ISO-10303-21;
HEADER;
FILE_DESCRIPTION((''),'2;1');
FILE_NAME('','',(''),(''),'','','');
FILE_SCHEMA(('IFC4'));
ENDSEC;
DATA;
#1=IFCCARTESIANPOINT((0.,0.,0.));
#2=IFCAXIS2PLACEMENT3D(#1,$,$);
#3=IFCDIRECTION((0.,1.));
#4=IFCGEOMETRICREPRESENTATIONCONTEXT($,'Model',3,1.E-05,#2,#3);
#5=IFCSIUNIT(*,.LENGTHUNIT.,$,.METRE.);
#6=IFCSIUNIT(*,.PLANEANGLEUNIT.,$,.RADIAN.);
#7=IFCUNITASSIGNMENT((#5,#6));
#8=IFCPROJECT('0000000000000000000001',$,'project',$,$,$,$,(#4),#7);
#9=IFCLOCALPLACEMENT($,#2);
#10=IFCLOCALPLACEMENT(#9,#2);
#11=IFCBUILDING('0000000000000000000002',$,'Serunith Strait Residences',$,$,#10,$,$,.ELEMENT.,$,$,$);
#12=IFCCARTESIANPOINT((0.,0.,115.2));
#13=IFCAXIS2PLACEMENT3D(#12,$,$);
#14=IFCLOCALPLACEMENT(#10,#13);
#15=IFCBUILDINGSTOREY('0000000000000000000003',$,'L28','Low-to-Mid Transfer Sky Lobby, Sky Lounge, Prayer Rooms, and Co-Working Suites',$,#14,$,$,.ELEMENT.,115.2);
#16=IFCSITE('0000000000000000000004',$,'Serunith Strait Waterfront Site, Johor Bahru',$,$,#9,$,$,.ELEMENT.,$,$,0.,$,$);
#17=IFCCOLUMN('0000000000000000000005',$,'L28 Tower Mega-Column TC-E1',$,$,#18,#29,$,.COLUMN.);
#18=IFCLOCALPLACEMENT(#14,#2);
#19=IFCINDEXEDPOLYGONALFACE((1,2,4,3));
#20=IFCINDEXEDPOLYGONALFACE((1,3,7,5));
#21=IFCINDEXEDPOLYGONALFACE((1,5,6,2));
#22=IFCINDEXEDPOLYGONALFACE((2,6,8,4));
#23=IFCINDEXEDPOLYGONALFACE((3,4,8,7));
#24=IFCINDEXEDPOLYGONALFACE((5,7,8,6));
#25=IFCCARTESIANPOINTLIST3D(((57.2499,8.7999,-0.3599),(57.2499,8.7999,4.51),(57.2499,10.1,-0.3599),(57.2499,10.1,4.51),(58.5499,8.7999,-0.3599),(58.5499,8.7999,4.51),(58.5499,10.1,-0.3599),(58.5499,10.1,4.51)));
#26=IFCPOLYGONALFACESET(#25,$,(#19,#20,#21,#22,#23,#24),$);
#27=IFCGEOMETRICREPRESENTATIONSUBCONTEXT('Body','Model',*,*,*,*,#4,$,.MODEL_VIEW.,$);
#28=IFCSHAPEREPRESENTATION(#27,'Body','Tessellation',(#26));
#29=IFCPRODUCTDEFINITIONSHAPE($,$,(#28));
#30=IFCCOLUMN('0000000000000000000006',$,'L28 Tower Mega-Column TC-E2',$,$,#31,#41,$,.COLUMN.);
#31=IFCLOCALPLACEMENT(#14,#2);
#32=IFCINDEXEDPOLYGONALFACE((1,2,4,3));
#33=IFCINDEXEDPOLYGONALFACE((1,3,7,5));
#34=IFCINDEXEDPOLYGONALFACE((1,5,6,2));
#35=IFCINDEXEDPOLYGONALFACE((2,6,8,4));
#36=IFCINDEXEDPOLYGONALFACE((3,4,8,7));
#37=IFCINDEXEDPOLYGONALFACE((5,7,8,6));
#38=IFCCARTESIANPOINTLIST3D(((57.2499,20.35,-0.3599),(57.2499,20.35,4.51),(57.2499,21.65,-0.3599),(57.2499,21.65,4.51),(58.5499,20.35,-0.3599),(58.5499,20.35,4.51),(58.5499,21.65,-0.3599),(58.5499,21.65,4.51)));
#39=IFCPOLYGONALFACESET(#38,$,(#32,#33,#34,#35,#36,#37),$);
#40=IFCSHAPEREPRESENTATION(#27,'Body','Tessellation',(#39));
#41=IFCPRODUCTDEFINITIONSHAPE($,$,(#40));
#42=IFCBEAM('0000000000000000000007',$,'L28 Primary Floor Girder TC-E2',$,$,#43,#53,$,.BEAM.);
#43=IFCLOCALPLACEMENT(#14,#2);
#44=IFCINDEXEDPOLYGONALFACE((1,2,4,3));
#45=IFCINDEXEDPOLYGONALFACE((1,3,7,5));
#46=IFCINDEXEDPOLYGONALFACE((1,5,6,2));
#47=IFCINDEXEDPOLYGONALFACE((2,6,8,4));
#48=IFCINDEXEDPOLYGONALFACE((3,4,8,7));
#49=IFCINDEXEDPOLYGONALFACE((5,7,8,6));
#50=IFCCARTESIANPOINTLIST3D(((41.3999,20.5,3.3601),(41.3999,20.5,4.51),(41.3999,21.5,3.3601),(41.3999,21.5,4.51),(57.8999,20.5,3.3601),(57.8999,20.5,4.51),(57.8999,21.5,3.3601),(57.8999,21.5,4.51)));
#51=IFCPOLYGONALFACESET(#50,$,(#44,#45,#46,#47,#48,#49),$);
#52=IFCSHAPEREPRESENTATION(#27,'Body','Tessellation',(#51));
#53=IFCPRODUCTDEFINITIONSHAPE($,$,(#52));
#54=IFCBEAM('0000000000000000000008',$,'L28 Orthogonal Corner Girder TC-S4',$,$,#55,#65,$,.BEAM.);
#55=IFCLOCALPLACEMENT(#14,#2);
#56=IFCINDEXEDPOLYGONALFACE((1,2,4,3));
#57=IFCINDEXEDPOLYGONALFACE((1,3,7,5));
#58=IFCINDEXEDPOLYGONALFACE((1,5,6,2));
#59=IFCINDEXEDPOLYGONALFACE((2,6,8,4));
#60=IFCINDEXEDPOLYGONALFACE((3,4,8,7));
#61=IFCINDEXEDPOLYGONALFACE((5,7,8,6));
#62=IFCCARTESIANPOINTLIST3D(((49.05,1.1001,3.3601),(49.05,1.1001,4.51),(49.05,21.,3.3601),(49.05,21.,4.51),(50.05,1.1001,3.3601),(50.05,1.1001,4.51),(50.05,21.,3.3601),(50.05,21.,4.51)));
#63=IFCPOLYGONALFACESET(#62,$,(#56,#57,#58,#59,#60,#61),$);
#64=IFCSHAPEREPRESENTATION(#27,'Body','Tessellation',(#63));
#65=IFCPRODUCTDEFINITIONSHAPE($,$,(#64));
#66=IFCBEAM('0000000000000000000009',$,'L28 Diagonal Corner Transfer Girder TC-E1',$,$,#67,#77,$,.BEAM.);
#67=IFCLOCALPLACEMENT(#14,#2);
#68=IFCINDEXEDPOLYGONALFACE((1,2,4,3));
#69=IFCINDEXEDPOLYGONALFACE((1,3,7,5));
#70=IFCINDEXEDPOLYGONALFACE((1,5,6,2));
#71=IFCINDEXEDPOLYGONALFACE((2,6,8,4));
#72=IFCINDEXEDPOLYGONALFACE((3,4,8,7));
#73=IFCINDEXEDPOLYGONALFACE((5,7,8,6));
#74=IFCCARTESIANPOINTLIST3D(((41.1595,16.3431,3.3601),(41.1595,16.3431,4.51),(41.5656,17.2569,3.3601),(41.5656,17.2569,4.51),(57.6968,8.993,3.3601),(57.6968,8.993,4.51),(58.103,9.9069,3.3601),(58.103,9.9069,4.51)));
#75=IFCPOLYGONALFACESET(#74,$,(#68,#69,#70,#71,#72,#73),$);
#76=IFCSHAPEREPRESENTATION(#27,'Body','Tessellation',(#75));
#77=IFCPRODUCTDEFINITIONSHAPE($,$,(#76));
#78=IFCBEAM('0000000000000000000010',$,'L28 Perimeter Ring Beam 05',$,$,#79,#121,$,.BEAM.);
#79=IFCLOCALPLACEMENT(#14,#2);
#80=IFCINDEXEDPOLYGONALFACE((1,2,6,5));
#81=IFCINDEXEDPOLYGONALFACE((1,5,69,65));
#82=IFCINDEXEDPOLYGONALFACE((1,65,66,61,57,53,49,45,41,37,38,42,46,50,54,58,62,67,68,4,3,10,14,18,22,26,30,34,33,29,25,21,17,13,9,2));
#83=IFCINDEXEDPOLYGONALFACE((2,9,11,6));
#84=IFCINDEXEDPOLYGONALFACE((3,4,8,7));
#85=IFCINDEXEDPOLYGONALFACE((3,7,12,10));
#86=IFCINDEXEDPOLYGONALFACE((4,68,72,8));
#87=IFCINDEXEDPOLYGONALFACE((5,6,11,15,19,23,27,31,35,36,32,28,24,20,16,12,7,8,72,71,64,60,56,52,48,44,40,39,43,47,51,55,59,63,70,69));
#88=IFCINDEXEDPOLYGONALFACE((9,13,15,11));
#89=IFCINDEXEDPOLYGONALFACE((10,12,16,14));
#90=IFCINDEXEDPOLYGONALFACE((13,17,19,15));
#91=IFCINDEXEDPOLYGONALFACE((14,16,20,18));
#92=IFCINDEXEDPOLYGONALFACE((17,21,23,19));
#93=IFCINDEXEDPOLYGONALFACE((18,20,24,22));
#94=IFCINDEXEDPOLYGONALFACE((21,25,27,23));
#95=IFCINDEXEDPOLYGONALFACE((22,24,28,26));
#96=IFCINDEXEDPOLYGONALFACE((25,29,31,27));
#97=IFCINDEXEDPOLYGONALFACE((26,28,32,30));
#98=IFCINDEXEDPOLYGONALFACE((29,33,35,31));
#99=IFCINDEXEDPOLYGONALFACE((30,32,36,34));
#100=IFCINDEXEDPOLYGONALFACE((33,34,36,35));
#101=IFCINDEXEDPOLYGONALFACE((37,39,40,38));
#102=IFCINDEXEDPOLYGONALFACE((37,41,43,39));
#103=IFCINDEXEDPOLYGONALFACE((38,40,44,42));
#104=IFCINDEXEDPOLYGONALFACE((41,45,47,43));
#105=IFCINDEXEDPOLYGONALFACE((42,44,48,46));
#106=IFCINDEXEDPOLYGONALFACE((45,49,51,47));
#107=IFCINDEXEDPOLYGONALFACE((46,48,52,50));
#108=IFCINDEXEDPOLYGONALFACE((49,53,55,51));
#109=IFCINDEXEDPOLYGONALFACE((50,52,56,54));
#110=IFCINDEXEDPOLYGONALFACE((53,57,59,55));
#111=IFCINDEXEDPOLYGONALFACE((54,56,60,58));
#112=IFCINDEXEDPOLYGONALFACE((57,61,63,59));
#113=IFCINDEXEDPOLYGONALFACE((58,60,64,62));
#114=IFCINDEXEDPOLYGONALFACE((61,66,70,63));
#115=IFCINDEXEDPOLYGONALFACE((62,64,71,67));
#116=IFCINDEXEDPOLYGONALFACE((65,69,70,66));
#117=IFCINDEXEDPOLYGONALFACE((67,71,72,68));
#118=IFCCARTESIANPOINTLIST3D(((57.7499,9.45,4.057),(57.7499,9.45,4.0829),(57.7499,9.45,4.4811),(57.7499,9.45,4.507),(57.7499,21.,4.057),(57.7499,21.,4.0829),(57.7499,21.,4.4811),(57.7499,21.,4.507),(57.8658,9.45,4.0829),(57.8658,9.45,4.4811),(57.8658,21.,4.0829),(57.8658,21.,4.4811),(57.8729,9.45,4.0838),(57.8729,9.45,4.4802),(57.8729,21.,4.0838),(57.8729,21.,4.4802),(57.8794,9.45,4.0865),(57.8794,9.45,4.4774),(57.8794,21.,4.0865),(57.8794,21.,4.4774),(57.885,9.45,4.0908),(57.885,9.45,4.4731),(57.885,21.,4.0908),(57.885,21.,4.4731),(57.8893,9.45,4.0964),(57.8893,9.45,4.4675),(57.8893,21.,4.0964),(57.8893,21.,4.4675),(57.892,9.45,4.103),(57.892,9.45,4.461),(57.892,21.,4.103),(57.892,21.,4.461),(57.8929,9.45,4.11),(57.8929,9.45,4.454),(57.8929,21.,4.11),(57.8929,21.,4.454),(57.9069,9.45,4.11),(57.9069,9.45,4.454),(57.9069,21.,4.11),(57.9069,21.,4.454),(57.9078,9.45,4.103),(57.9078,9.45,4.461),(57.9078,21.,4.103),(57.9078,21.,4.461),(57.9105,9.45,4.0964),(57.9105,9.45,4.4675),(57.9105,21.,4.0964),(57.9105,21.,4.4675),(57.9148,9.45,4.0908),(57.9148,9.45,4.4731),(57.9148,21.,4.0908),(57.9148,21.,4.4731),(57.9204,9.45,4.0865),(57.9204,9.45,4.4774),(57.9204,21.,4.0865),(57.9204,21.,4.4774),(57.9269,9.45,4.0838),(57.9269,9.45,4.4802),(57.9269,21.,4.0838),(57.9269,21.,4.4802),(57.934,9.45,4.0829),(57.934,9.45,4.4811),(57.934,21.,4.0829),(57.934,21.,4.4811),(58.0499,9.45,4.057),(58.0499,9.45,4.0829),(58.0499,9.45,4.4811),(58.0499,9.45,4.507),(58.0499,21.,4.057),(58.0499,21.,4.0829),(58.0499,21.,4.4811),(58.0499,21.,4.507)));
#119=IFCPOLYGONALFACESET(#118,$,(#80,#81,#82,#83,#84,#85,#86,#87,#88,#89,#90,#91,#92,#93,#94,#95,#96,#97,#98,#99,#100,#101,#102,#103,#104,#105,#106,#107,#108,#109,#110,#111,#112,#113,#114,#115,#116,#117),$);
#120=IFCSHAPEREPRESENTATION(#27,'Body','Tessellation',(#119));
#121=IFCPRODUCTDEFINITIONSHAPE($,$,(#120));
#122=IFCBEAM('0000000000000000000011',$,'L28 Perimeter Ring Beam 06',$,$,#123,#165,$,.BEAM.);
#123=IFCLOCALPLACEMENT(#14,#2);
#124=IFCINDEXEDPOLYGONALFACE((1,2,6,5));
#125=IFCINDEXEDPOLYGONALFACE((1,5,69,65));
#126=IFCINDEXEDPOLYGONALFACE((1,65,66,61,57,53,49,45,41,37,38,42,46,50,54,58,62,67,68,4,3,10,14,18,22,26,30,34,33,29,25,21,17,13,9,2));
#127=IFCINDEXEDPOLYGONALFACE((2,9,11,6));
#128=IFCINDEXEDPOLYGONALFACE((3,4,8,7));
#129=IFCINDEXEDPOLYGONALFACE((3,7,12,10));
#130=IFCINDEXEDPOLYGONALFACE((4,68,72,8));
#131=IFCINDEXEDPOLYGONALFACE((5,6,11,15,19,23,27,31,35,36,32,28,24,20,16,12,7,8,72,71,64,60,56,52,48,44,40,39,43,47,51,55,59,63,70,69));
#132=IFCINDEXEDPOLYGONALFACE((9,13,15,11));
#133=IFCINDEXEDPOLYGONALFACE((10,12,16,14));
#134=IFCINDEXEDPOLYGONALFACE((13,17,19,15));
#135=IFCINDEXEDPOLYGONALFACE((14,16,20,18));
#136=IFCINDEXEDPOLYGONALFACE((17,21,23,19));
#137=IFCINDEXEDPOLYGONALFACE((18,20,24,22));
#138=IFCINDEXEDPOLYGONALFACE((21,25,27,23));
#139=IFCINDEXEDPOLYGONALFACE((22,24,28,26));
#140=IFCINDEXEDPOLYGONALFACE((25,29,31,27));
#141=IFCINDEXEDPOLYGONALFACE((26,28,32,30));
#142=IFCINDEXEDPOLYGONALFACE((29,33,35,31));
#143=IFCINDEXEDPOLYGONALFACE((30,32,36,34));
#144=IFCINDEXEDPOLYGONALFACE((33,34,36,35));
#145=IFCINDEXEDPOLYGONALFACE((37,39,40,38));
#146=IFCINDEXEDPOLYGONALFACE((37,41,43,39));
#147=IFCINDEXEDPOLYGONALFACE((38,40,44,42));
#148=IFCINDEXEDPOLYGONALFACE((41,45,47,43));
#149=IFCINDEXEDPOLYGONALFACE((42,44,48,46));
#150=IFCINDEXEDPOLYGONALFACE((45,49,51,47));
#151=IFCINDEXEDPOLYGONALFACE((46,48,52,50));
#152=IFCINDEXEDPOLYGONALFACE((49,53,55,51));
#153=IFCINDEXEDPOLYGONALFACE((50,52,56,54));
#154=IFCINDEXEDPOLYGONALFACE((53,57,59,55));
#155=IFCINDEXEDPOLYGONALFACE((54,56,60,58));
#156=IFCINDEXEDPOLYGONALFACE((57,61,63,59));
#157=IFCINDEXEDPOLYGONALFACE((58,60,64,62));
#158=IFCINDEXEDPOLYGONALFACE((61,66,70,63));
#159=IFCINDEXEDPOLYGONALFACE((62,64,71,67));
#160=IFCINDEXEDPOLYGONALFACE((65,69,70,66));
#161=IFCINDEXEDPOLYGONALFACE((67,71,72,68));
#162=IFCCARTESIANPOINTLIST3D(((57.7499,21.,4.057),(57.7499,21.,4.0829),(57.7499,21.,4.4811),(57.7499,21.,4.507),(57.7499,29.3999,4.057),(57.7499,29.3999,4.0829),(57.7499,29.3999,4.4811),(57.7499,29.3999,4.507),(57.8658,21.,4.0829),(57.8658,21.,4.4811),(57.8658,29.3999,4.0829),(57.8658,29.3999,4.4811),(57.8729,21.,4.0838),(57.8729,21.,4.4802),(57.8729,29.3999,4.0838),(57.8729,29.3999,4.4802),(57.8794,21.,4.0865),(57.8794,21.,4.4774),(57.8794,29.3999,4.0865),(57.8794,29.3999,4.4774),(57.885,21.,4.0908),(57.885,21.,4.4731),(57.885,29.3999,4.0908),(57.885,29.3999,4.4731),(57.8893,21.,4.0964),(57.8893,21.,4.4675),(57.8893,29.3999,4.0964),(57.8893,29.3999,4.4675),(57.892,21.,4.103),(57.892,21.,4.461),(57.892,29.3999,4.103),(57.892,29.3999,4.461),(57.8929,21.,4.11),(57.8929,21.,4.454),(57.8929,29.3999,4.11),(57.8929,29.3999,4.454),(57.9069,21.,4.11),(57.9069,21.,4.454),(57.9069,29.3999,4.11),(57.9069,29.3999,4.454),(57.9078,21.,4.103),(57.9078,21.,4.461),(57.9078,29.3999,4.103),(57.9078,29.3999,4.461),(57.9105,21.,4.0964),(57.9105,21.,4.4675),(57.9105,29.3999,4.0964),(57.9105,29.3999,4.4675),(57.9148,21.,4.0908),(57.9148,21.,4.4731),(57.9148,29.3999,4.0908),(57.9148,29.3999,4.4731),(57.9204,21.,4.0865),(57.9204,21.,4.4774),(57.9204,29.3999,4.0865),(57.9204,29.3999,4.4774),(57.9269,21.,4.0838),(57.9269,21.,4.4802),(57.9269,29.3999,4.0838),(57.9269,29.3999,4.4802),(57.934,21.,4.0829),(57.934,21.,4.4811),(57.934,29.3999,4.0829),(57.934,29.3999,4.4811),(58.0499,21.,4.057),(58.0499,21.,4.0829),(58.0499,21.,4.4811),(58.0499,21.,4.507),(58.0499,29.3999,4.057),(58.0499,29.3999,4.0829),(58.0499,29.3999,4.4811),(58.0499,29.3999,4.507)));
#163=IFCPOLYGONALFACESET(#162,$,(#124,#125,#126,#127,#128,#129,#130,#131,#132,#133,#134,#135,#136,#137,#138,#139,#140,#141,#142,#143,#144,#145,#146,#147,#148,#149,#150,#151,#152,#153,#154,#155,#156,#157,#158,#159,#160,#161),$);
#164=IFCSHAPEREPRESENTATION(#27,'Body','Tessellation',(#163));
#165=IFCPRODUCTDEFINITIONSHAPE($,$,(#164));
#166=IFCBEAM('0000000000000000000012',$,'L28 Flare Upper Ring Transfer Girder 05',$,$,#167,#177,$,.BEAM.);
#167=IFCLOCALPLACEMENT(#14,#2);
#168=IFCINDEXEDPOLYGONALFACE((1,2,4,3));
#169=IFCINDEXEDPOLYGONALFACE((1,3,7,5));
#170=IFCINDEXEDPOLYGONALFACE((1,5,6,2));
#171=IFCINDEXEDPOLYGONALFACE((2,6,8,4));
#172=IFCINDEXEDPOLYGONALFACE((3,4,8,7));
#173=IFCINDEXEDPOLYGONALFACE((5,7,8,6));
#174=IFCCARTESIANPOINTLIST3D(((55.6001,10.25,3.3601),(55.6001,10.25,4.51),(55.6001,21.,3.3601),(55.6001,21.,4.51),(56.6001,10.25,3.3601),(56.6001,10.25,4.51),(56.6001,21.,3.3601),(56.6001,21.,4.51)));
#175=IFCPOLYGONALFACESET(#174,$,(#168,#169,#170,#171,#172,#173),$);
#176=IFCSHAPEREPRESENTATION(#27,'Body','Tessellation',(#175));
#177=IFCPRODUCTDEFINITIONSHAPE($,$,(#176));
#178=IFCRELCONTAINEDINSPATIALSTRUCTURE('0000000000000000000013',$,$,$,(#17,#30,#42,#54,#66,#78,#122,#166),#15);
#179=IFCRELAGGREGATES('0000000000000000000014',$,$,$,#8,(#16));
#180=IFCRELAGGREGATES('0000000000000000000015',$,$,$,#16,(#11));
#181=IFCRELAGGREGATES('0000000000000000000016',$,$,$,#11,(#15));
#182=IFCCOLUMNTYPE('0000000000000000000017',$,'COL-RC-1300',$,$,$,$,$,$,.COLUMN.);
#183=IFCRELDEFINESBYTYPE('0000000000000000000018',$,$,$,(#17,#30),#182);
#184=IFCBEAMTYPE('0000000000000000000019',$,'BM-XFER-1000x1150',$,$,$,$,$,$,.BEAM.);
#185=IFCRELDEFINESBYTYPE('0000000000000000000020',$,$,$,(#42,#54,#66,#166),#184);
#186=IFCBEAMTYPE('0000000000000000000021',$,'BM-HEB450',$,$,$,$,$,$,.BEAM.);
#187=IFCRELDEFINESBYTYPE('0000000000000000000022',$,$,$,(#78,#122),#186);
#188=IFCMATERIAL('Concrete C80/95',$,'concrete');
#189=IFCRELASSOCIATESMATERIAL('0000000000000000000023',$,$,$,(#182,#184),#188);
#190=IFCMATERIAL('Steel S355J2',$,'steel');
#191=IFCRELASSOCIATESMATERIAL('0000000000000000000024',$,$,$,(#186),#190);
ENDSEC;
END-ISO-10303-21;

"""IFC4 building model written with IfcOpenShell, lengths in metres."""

from ifc_helpers import new_model, si_unit, direction, frame, origin, origin_2d, place, context, subcontext, project, spatial, rectangle, i_section, extrude, source, transform, mapped, material, material_profile, profile_set, type_object, element, save


model = new_model("IFC4")

# Units and contexts
model_context = context("Model", 3, precision=1e-05, world=origin(), true_north=direction((0.0, 1.0)))
body_context = subcontext(model_context, "Body", "Model", "MODEL_VIEW")
ifc_project = project(units=[si_unit("LENGTHUNIT", "METRE"), si_unit("PLANEANGLEUNIT", "RADIAN")], contexts=[model_context])

# Site, building, storey
site_placement = place(None, origin())
site = spatial("IfcSite", under=ifc_project, at=site_placement, Name="Serunith Strait Waterfront Site, Johor Bahru", CompositionType="ELEMENT", RefElevation=0.0)
building_placement = place(site_placement, origin())
building = spatial("IfcBuilding", under=site, at=building_placement, Name="Serunith Strait Residences", CompositionType="ELEMENT")
storey_placement = place(building_placement, frame((0.0, 0.0, 115.2)))
storey = spatial("IfcBuildingStorey", under=building, at=storey_placement, Name="L28", Description="Low-to-Mid Transfer Sky Lobby, Sky Lounge, Prayer Rooms, and Co-Working Suites", CompositionType="ELEMENT", Elevation=115.2)

# Columns
ifc_material_1 = material(Name="Concrete C80/95", Category="concrete")
ifc_material_profile_1 = material_profile(ifc_material_1, rectangle(XDim=1.3, YDim=1.3, at=origin_2d()), Name="RC 1300x1300")
ifc_profile_set_1 = profile_set([ifc_material_profile_1], Name="Concrete C80/95")
column_type = type_object("IfcColumnType", Name="COL-RC-1300", PredefinedType="COLUMN", material=ifc_profile_set_1)
shared_shape_1 = source(origin(), body_context, "Body", "SweptSolid", [
    extrude(rectangle(XDim=1.3, YDim=1.3, at=origin_2d()), origin(), (0.0, 0.0, 1.0), 4.8699),
])
for number, where, z_axis, x_axis, name in (
    (1, (57.8999, 9.45, -0.3599), (0.0, 0.0, 1.0), (1.0, 0.0, 0.0), "L28 Tower Mega-Column TC-E1"),
    (2, (57.8999, 21.0, -0.3599), (0.0, 0.0, 1.0), (1.0, 0.0, 0.0), "L28 Tower Mega-Column TC-E2"),
):
    element("IfcColumn", number, at=place(storey_placement, frame(where, z_axis=z_axis, x_axis=x_axis)), inside=storey, type_object=column_type, Name=name, PredefinedType="COLUMN", context=body_context, shape_type="MappedRepresentation", body=[
        mapped(shared_shape_1, transform((0.0, 0.0, 0.0), scale=1.0)),
    ])

# Beams
ifc_material_profile_2 = material_profile(ifc_material_1, rectangle(XDim=1.0, YDim=1.1499, at=origin_2d()), Name="RC 1000x1150")
ifc_profile_set_2 = profile_set([ifc_material_profile_2], Name="Concrete C80/95")
beam_type_1 = type_object("IfcBeamType", Name="BM-XFER-1000x1150", PredefinedType="BEAM", material=ifc_profile_set_2)
shared_shape_2 = source(origin(), body_context, "Body", "SweptSolid", [
    extrude(rectangle(XDim=1.0, YDim=1.1499, at=origin_2d()), origin(), (0.0, 0.0, 1.0), 16.5),
])
beam_1_placement = place(storey_placement, frame((41.3999, 21.0, 3.9351), z_axis=(1.0, 0.0, 0.0), x_axis=(0.0, 1.0, 0.0)))
element("IfcBeam", 3, at=beam_1_placement, inside=storey, type_object=beam_type_1, Name="L28 Primary Floor Girder TC-E2", PredefinedType="BEAM", context=body_context, shape_type="MappedRepresentation", body=[
    mapped(shared_shape_2, transform((0.0, 0.0, 0.0), scale=1.0)),
])
shared_shape_3 = source(origin(), body_context, "Body", "SweptSolid", [
    extrude(rectangle(XDim=1.0, YDim=1.1499, at=origin_2d()), origin(), (0.0, 0.0, 1.0), 19.8999),
])
beam_2_placement = place(storey_placement, frame((49.55, 21.0, 3.9351), z_axis=(0.0, -1.0, 0.0), x_axis=(1.0, 0.0, 0.0)))
element("IfcBeam", 4, at=beam_2_placement, inside=storey, type_object=beam_type_1, Name="L28 Orthogonal Corner Girder TC-S4", PredefinedType="BEAM", context=body_context, shape_type="MappedRepresentation", body=[
    mapped(shared_shape_3, transform((0.0, 0.0, 0.0), scale=1.0)),
])
shared_shape_4 = source(origin(), body_context, "Body", "SweptSolid", [
    extrude(rectangle(XDim=1.0, YDim=1.1499, at=origin_2d()), origin(), (0.0, 0.0, 1.0), 18.0972),
])
beam_3_placement = place(storey_placement, frame((57.8999, 9.45, 3.9351), z_axis=(-0.913808, 0.406146, 0.0), x_axis=(-0.406146, -0.913808, 0.0)))
element("IfcBeam", 5, at=beam_3_placement, inside=storey, type_object=beam_type_1, Name="L28 Diagonal Corner Transfer Girder TC-E1", PredefinedType="BEAM", context=body_context, shape_type="MappedRepresentation", body=[
    mapped(shared_shape_4, transform((0.0, 0.0, 0.0), scale=1.0)),
])
ifc_material_2 = material(Name="Steel S355J2", Category="steel")
ifc_material_profile_3 = material_profile(ifc_material_2, i_section(OverallWidth=0.3, OverallDepth=0.45, WebThickness=0.0139, FlangeThickness=0.0259, FilletRadius=0.0271, at=origin_2d()), Name="HEB 450")
ifc_profile_set_3 = profile_set([ifc_material_profile_3], Name="Steel S355J2")
beam_type_2 = type_object("IfcBeamType", Name="BM-HEB450", PredefinedType="BEAM", material=ifc_profile_set_3)
shared_shape_5 = source(origin(), body_context, "Body", "SweptSolid", [
    extrude(i_section(OverallWidth=0.3, OverallDepth=0.45, WebThickness=0.0139, FlangeThickness=0.0259, FilletRadius=0.0271, at=origin_2d()), origin(), (0.0, 0.0, 1.0), 11.55),
])
beam_4_placement = place(storey_placement, frame((57.8999, 9.45, 4.282), z_axis=(0.0, 1.0, 0.0), x_axis=(-1.0, 0.0, 0.0)))
element("IfcBeam", 6, at=beam_4_placement, inside=storey, type_object=beam_type_2, Name="L28 Perimeter Ring Beam 05", PredefinedType="BEAM", context=body_context, shape_type="MappedRepresentation", body=[
    mapped(shared_shape_5, transform((0.0, 0.0, 0.0), scale=1.0)),
])
shared_shape_6 = source(origin(), body_context, "Body", "SweptSolid", [
    extrude(i_section(OverallWidth=0.3, OverallDepth=0.45, WebThickness=0.0139, FlangeThickness=0.0259, FilletRadius=0.0271, at=origin_2d()), origin(), (0.0, 0.0, 1.0), 8.3999),
])
beam_5_placement = place(storey_placement, frame((57.8999, 21.0, 4.282), z_axis=(0.0, 1.0, 0.0), x_axis=(-1.0, 0.0, 0.0)))
element("IfcBeam", 7, at=beam_5_placement, inside=storey, type_object=beam_type_2, Name="L28 Perimeter Ring Beam 06", PredefinedType="BEAM", context=body_context, shape_type="MappedRepresentation", body=[
    mapped(shared_shape_6, transform((0.0, 0.0, 0.0), scale=1.0)),
])
shared_shape_7 = source(origin(), body_context, "Body", "SweptSolid", [
    extrude(rectangle(XDim=1.0, YDim=1.1499, at=origin_2d()), origin(), (0.0, 0.0, 1.0), 10.75),
])
beam_6_placement = place(storey_placement, frame((56.1001, 10.25, 3.9351), z_axis=(0.0, 1.0, 0.0), x_axis=(-1.0, 0.0, 0.0)))
element("IfcBeam", 8, at=beam_6_placement, inside=storey, type_object=beam_type_1, Name="L28 Flare Upper Ring Transfer Girder 05", PredefinedType="BEAM", context=body_context, shape_type="MappedRepresentation", body=[
    mapped(shared_shape_7, transform((0.0, 0.0, 0.0), scale=1.0)),
])

save(model, "model.ifc")
